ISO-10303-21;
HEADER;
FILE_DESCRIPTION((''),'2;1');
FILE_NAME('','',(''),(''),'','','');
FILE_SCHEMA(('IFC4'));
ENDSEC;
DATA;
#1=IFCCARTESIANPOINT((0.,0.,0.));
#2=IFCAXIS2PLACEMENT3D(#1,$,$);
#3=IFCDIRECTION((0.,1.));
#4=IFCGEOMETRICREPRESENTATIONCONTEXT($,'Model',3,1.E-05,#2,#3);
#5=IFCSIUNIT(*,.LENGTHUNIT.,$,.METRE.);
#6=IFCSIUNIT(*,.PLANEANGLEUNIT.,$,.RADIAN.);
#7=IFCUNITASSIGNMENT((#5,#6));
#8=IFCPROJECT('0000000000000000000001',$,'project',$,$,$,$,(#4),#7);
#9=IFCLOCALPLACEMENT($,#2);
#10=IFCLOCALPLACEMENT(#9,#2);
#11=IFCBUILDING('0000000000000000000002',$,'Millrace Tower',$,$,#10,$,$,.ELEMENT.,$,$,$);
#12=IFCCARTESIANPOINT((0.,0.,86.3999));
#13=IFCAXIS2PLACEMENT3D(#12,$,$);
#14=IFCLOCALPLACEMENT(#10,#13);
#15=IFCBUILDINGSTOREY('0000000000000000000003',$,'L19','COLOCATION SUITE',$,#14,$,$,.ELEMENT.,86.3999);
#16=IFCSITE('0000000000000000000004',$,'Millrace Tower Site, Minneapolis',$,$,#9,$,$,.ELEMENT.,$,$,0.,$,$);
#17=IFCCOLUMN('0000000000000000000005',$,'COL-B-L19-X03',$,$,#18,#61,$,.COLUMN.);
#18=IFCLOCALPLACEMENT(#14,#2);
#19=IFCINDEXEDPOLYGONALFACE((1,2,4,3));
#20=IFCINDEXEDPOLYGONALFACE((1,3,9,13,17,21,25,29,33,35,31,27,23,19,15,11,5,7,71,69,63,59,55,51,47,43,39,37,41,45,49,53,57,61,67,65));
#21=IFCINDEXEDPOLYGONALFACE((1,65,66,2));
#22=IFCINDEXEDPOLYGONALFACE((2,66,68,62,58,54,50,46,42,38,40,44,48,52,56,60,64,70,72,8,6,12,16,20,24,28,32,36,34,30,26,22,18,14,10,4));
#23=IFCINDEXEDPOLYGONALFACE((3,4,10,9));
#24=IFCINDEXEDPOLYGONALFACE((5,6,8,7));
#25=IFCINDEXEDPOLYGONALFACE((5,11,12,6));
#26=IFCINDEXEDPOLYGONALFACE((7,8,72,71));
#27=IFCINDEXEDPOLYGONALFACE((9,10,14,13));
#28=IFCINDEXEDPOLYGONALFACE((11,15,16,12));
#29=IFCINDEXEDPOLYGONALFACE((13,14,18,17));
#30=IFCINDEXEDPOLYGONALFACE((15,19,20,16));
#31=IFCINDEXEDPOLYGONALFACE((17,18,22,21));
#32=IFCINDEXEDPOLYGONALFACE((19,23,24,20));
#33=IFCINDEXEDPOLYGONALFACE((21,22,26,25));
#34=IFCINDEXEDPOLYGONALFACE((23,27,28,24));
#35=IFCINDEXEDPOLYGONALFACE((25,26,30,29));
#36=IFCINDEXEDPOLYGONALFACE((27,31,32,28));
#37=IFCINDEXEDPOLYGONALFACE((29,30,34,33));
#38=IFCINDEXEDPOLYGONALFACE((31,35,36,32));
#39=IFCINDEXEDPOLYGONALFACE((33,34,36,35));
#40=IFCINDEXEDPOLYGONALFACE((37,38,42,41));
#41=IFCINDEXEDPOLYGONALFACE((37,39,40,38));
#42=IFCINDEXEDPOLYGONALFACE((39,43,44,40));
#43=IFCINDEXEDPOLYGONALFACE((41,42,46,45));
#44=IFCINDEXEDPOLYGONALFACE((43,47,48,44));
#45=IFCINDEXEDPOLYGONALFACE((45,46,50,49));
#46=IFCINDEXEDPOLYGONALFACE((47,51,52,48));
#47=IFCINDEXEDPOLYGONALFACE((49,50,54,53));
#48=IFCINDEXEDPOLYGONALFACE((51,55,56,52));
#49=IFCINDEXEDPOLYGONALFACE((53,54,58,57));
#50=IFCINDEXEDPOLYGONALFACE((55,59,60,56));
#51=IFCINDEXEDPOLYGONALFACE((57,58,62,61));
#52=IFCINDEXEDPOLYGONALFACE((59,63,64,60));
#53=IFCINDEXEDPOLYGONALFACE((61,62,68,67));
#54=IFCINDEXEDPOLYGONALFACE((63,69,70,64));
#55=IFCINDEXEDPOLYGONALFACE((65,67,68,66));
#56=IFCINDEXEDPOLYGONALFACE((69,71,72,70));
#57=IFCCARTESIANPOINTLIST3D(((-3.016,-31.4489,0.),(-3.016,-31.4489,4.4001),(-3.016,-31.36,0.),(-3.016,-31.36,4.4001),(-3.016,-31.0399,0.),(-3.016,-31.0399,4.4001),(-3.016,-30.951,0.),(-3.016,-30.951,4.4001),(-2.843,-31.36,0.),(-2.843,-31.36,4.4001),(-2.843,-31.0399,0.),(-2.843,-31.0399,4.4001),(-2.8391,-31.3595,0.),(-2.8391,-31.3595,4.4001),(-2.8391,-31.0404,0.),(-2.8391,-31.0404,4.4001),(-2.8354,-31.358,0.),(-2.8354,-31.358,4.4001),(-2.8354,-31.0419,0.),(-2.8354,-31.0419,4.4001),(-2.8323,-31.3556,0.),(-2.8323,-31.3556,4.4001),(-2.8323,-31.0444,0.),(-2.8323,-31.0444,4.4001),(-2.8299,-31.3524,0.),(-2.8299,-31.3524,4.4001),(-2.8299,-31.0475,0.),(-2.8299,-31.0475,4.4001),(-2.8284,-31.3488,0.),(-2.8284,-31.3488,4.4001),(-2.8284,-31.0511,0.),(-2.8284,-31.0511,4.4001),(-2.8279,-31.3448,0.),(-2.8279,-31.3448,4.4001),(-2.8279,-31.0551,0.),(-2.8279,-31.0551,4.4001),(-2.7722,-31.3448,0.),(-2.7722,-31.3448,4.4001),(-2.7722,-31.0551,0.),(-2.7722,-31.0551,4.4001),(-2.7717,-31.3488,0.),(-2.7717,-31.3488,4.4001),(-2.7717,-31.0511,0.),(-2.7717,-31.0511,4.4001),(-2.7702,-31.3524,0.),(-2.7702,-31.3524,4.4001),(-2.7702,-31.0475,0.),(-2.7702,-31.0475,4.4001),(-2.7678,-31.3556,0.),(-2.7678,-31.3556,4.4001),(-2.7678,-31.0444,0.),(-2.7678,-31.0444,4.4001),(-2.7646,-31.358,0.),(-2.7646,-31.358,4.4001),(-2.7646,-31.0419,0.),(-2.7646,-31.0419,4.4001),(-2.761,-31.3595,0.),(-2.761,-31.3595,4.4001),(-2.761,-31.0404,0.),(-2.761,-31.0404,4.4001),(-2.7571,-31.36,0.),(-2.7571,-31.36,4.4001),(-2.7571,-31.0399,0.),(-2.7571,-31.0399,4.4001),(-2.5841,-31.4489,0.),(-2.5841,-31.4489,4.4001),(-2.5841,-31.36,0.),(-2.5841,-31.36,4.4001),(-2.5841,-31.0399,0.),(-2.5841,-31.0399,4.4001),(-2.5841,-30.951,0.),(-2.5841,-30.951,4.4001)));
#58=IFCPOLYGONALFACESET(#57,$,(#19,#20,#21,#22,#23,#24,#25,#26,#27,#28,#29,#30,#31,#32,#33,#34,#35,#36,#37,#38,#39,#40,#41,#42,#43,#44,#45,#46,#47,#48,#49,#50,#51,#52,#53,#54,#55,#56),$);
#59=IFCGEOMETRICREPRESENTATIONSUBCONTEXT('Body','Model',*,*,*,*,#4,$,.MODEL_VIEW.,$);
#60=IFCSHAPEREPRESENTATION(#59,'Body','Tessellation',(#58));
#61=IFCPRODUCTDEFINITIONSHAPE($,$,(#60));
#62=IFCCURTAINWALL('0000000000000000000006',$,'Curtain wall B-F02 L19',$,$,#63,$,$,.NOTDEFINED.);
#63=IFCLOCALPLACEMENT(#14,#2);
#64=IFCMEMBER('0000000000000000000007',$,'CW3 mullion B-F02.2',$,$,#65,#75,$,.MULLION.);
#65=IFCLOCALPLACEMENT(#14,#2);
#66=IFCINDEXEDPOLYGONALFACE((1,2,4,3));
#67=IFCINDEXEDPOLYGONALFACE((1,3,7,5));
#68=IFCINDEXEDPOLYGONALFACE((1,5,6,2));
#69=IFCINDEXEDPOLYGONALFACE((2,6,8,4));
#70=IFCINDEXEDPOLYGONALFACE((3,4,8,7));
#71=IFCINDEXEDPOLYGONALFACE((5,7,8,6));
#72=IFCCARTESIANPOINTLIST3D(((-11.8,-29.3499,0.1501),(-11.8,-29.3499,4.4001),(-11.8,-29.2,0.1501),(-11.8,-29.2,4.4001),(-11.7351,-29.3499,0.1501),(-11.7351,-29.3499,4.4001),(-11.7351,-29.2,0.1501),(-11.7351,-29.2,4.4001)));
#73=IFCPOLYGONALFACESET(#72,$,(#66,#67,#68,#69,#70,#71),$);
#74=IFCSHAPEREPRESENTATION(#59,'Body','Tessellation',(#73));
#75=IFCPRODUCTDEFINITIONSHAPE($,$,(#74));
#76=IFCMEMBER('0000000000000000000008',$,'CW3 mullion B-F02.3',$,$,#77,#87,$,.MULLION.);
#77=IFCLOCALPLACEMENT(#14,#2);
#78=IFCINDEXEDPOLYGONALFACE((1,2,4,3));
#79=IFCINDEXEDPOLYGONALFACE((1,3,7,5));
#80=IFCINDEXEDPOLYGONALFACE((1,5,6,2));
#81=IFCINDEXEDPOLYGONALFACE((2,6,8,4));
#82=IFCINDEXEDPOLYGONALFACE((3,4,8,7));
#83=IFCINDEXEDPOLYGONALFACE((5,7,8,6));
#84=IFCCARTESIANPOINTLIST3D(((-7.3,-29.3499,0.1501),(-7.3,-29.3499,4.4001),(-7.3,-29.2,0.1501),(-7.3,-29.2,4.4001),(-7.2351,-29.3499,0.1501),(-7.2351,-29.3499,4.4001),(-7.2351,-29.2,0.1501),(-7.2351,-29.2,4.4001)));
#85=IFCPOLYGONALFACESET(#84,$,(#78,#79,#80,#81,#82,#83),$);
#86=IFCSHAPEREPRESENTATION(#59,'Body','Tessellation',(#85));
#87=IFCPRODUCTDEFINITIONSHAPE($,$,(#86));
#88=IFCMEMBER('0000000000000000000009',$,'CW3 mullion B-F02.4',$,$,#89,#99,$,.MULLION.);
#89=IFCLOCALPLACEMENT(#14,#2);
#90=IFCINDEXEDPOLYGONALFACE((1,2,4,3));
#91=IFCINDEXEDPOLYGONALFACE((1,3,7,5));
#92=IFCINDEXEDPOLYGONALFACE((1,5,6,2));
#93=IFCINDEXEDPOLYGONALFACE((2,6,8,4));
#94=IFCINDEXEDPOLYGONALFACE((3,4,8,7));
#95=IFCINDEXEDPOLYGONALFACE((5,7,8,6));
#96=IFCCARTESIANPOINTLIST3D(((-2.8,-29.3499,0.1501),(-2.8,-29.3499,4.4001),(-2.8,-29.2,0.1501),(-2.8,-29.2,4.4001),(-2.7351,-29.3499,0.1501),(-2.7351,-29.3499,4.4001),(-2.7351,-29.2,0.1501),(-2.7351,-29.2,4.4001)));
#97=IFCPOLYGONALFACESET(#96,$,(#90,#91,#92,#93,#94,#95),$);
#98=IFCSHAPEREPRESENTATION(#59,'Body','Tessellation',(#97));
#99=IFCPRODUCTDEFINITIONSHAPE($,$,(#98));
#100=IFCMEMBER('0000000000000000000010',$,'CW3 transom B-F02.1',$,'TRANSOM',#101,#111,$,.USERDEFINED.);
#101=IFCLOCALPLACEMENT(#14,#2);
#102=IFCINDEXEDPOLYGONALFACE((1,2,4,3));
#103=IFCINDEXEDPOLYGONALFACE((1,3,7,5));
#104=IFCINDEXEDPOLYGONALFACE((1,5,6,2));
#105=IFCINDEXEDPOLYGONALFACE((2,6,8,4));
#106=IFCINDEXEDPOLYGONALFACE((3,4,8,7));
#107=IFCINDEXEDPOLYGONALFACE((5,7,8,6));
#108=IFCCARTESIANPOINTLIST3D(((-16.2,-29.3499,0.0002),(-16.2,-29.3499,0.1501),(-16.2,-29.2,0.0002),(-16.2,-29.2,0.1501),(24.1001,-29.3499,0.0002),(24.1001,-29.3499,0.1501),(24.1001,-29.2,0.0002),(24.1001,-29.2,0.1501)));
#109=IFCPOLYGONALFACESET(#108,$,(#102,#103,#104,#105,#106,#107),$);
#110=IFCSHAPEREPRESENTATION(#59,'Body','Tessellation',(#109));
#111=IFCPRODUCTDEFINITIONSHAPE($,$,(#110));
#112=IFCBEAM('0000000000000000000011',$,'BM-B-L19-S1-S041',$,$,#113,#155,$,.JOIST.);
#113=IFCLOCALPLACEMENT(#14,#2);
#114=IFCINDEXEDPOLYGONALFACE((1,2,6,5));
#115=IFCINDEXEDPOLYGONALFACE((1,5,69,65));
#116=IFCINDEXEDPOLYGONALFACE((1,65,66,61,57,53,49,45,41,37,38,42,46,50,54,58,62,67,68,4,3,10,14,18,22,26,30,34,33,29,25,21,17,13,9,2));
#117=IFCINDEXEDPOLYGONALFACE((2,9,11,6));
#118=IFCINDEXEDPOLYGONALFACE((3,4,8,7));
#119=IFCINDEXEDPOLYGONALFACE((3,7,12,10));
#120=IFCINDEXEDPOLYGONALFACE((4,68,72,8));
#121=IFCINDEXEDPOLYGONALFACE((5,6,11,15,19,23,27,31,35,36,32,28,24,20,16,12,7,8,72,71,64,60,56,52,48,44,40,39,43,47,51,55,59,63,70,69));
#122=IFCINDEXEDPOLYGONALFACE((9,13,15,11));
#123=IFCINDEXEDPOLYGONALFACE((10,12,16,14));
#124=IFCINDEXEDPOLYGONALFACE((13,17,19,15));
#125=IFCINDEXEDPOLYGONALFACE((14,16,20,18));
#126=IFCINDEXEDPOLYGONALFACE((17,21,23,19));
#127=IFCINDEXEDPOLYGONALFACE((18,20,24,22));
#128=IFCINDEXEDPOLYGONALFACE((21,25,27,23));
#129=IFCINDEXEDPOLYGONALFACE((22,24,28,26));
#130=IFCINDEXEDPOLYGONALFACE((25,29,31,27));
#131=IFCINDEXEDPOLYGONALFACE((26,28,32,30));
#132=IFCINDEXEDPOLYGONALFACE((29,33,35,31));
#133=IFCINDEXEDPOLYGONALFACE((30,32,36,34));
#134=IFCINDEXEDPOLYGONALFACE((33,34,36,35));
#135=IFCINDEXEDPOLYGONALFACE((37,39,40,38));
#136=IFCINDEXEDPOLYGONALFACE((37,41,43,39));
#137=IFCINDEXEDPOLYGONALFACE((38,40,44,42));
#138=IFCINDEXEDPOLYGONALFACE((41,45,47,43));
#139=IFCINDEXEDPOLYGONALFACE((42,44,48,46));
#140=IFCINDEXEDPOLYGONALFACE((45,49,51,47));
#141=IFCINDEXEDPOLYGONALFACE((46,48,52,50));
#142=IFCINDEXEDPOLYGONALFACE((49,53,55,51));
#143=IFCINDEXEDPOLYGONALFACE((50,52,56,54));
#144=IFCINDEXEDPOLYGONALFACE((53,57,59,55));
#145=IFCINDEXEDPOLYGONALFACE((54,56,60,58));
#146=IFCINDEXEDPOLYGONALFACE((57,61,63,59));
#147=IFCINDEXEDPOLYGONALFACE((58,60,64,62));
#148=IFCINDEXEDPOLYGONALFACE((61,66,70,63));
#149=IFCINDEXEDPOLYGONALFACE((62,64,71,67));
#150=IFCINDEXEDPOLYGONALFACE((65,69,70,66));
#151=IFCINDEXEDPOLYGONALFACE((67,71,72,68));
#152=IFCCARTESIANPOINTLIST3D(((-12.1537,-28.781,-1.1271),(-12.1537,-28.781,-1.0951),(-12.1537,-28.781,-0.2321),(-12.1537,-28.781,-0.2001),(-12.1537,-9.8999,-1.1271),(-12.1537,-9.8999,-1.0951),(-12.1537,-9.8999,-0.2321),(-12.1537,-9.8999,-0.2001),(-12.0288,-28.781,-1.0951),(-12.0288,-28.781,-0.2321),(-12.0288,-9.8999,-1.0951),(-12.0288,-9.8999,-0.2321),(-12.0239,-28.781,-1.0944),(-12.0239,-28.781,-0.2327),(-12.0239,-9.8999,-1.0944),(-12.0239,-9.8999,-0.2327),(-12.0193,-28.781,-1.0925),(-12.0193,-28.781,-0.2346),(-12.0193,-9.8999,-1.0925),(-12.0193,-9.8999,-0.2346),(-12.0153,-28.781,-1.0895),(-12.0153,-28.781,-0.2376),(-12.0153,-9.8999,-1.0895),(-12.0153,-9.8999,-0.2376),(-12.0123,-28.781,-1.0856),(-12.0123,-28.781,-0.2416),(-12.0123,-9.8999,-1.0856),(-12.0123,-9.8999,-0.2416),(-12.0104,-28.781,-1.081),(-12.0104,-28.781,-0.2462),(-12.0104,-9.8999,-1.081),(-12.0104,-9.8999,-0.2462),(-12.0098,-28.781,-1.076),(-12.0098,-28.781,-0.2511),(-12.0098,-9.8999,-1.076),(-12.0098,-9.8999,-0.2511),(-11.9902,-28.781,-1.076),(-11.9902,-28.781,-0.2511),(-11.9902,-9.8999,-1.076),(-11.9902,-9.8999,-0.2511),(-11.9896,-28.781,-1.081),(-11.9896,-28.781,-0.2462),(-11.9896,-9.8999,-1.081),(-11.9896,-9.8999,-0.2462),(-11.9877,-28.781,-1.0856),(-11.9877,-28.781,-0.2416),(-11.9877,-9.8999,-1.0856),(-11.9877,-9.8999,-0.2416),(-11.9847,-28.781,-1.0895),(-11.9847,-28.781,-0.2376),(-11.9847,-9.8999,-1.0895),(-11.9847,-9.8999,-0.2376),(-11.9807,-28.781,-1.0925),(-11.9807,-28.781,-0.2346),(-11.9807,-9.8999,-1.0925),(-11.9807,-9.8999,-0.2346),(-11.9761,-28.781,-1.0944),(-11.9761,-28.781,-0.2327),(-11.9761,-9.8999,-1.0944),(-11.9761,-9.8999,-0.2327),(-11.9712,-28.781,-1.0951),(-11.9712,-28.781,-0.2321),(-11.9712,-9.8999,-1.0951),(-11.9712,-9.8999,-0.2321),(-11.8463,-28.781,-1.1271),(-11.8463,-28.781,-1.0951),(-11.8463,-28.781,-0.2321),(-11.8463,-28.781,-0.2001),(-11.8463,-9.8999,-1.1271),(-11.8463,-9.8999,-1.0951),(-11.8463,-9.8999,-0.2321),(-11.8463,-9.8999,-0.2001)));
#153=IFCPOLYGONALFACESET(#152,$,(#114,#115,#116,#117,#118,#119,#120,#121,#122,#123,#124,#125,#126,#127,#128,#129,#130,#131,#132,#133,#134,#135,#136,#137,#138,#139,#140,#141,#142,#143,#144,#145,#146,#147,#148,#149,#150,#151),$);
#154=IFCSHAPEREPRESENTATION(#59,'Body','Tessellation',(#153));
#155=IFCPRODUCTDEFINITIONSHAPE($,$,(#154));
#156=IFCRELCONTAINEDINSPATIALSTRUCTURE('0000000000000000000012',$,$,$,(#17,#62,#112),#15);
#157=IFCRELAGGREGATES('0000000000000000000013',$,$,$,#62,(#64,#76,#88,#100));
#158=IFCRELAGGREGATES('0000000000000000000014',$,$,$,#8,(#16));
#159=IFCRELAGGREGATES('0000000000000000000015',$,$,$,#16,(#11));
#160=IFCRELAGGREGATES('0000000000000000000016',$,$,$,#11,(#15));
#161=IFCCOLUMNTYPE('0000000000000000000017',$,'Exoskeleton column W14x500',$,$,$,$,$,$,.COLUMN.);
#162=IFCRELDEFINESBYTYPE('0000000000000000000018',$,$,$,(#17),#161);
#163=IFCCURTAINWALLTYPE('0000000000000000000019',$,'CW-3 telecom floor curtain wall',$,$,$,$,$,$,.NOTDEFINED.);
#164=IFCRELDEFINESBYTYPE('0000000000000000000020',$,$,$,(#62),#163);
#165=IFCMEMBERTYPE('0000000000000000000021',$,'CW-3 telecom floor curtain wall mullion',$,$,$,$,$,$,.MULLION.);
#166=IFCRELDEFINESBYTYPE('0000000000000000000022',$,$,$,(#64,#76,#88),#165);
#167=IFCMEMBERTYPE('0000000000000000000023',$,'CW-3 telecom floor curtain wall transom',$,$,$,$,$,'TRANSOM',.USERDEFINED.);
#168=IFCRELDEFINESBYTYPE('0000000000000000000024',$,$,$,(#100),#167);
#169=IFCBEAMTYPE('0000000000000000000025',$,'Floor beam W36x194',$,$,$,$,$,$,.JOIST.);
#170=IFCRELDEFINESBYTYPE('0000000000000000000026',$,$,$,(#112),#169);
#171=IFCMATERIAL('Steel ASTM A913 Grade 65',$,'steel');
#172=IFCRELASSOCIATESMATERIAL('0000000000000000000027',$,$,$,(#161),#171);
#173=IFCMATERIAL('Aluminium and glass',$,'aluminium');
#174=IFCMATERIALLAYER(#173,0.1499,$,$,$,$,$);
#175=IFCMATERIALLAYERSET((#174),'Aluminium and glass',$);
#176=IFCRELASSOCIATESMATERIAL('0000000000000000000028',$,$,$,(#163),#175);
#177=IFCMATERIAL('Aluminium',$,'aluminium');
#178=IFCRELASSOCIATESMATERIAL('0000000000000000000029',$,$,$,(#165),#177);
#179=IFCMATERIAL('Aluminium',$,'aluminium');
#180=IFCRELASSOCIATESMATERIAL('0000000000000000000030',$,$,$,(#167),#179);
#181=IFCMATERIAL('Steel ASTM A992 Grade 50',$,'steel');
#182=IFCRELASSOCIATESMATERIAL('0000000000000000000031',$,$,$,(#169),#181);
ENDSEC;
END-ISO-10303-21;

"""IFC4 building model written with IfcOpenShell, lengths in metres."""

from ifc_helpers import new_model, si_unit, direction, frame, origin, origin_2d, place, context, subcontext, project, spatial, rectangle, i_section, extrude, material, layer, layer_set, material_profile, profile_set, type_object, element, aggregate, save


model = new_model("IFC4")

# Units and contexts
model_context = context("Model", 3, precision=1e-05, world=origin(), true_north=direction((0.0, 1.0)))
body_context = subcontext(model_context, "Body", "Model", "MODEL_VIEW")
ifc_project = project(units=[si_unit("LENGTHUNIT", "METRE"), si_unit("PLANEANGLEUNIT", "RADIAN")], contexts=[model_context])

# Site, building, storey
site_placement = place(None, origin())
site = spatial("IfcSite", under=ifc_project, at=site_placement, Name="Millrace Tower Site, Minneapolis", CompositionType="ELEMENT", RefElevation=0.0)
building_placement = place(site_placement, origin())
building = spatial("IfcBuilding", under=site, at=building_placement, Name="Millrace Tower", CompositionType="ELEMENT")
storey_placement = place(building_placement, frame((0.0, 0.0, 86.3999)))
storey = spatial("IfcBuildingStorey", under=building, at=storey_placement, Name="L19", Description="COLOCATION SUITE", CompositionType="ELEMENT", Elevation=86.3999)

# Column
ifc_material_1 = material(Name="Steel ASTM A913 Grade 65", Category="steel")
ifc_material_profile_1 = material_profile(ifc_material_1, i_section(OverallWidth=0.4319, OverallDepth=0.4978, WebThickness=0.0557, FlangeThickness=0.0889, FilletRadius=0.0151, at=origin_2d()))
ifc_profile_set_1 = profile_set([ifc_material_profile_1], Name="Steel ASTM A913 Grade 65")
column_type = type_object("IfcColumnType", Name="Exoskeleton column W14x500", PredefinedType="COLUMN", material=ifc_profile_set_1)
column_placement = place(storey_placement, frame((-2.8, -31.2, 0.0), z_axis=(0.0, 0.0, 1.0), x_axis=(1.0, 0.0, 0.0)))
element("IfcColumn", 1, at=column_placement, inside=storey, type_object=column_type, Name="COL-B-L19-X03", PredefinedType="COLUMN", context=body_context, shape_type="SweptSolid", body=[
    extrude(i_section(OverallWidth=0.4319, OverallDepth=0.4978, WebThickness=0.0557, FlangeThickness=0.0889, FilletRadius=0.0151, at=origin_2d()), origin(), (0.0, 0.0, 1.0), 4.4001),
])

# Curtain wall, members
ifc_material_2 = material(Name="Aluminium and glass", Category="aluminium")
ifc_layer_1 = layer(ifc_material_2, 0.1499)
ifc_layer_set_1 = layer_set([ifc_layer_1], Name="Aluminium and glass")
curtain_wall_type = type_object("IfcCurtainWallType", Name="CW-3 telecom floor curtain wall", PredefinedType="NOTDEFINED", material=ifc_layer_set_1)
curtain_wall_placement = place(storey_placement, origin())
curtain_wall = element("IfcCurtainWall", 2, at=curtain_wall_placement, inside=storey, type_object=curtain_wall_type, Name="Curtain wall B-F02 L19", PredefinedType="NOTDEFINED")
ifc_material_3 = material(Name="Aluminium", Category="aluminium")
ifc_material_profile_2 = material_profile(ifc_material_3, rectangle(XDim=0.0649, YDim=0.1499, at=origin_2d()))
ifc_profile_set_2 = profile_set([ifc_material_profile_2], Name="Aluminium")
member_type_1 = type_object("IfcMemberType", Name="CW-3 telecom floor curtain wall mullion", PredefinedType="MULLION", material=ifc_profile_set_2)
member_1_placement = place(storey_placement, frame((-11.7676, -29.2749, 0.1501), z_axis=(0.0, 0.0, 1.0), x_axis=(1.0, 0.0, 0.0)))
member_1 = element("IfcMember", 3, at=member_1_placement, type_object=member_type_1, Name="CW3 mullion B-F02.2", PredefinedType="MULLION", context=body_context, shape_type="SweptSolid", body=[
    extrude(rectangle(XDim=0.0649, YDim=0.1499, at=origin_2d()), origin(), (0.0, 0.0, 1.0), 4.25),
])
member_2_placement = place(storey_placement, frame((-7.2676, -29.2749, 0.1501), z_axis=(0.0, 0.0, 1.0), x_axis=(1.0, 0.0, 0.0)))
member_2 = element("IfcMember", 4, at=member_2_placement, type_object=member_type_1, Name="CW3 mullion B-F02.3", PredefinedType="MULLION", context=body_context, shape_type="SweptSolid", body=[
    extrude(rectangle(XDim=0.0649, YDim=0.1499, at=origin_2d()), origin(), (0.0, 0.0, 1.0), 4.25),
])
member_3_placement = place(storey_placement, frame((-2.7676, -29.2749, 0.1501), z_axis=(0.0, 0.0, 1.0), x_axis=(1.0, 0.0, 0.0)))
member_3 = element("IfcMember", 5, at=member_3_placement, type_object=member_type_1, Name="CW3 mullion B-F02.4", PredefinedType="MULLION", context=body_context, shape_type="SweptSolid", body=[
    extrude(rectangle(XDim=0.0649, YDim=0.1499, at=origin_2d()), origin(), (0.0, 0.0, 1.0), 4.25),
])
ifc_material_4 = material(Name="Aluminium", Category="aluminium")
ifc_material_profile_3 = material_profile(ifc_material_4, rectangle(XDim=0.1499, YDim=0.1499, at=origin_2d()))
ifc_profile_set_3 = profile_set([ifc_material_profile_3], Name="Aluminium")
member_type_2 = type_object("IfcMemberType", Name="CW-3 telecom floor curtain wall transom", ElementType="TRANSOM", PredefinedType="USERDEFINED", material=ifc_profile_set_3)
member_4_placement = place(storey_placement, frame((-16.2, -29.2749, 0.0752), z_axis=(1.0, 0.0, 0.0), x_axis=(0.0, 1.0, 0.0)))
member_4 = element("IfcMember", 6, at=member_4_placement, type_object=member_type_2, Name="CW3 transom B-F02.1", ObjectType="TRANSOM", PredefinedType="USERDEFINED", context=body_context, shape_type="SweptSolid", body=[
    extrude(rectangle(XDim=0.1499, YDim=0.1499, at=origin_2d()), origin(), (0.0, 0.0, 1.0), 40.3),
])
aggregate(curtain_wall, [member_1, member_2, member_3, member_4])

# Beam
ifc_material_5 = material(Name="Steel ASTM A992 Grade 50", Category="steel")
ifc_material_profile_4 = material_profile(ifc_material_5, i_section(OverallWidth=0.3074, OverallDepth=0.927, WebThickness=0.0195, FlangeThickness=0.032, FilletRadius=0.019, at=origin_2d()))
ifc_profile_set_4 = profile_set([ifc_material_profile_4], Name="Steel ASTM A992 Grade 50")
beam_type_1 = type_object("IfcBeamType", Name="Floor beam W36x194", PredefinedType="JOIST", material=ifc_profile_set_4)
for number, where, z_axis, x_axis, name in (
    (7, (-12.0, -28.781, -0.6636), (0.0, 1.0, 0.0), (-1.0, 0.0, 0.0), "BM-B-L19-S1-S041"),
):
    element("IfcBeam", number, at=place(storey_placement, frame(where, z_axis=z_axis, x_axis=x_axis)), inside=storey, type_object=beam_type_1, Name=name, PredefinedType="JOIST", context=body_context, shape_type="SweptSolid", body=[
        extrude(i_section(OverallWidth=0.3074, OverallDepth=0.927, WebThickness=0.0195, FlangeThickness=0.032, FilletRadius=0.019, at=origin_2d()), origin(), (0.0, 0.0, 1.0), 18.8811),
    ])

save(model, "model.ifc")
